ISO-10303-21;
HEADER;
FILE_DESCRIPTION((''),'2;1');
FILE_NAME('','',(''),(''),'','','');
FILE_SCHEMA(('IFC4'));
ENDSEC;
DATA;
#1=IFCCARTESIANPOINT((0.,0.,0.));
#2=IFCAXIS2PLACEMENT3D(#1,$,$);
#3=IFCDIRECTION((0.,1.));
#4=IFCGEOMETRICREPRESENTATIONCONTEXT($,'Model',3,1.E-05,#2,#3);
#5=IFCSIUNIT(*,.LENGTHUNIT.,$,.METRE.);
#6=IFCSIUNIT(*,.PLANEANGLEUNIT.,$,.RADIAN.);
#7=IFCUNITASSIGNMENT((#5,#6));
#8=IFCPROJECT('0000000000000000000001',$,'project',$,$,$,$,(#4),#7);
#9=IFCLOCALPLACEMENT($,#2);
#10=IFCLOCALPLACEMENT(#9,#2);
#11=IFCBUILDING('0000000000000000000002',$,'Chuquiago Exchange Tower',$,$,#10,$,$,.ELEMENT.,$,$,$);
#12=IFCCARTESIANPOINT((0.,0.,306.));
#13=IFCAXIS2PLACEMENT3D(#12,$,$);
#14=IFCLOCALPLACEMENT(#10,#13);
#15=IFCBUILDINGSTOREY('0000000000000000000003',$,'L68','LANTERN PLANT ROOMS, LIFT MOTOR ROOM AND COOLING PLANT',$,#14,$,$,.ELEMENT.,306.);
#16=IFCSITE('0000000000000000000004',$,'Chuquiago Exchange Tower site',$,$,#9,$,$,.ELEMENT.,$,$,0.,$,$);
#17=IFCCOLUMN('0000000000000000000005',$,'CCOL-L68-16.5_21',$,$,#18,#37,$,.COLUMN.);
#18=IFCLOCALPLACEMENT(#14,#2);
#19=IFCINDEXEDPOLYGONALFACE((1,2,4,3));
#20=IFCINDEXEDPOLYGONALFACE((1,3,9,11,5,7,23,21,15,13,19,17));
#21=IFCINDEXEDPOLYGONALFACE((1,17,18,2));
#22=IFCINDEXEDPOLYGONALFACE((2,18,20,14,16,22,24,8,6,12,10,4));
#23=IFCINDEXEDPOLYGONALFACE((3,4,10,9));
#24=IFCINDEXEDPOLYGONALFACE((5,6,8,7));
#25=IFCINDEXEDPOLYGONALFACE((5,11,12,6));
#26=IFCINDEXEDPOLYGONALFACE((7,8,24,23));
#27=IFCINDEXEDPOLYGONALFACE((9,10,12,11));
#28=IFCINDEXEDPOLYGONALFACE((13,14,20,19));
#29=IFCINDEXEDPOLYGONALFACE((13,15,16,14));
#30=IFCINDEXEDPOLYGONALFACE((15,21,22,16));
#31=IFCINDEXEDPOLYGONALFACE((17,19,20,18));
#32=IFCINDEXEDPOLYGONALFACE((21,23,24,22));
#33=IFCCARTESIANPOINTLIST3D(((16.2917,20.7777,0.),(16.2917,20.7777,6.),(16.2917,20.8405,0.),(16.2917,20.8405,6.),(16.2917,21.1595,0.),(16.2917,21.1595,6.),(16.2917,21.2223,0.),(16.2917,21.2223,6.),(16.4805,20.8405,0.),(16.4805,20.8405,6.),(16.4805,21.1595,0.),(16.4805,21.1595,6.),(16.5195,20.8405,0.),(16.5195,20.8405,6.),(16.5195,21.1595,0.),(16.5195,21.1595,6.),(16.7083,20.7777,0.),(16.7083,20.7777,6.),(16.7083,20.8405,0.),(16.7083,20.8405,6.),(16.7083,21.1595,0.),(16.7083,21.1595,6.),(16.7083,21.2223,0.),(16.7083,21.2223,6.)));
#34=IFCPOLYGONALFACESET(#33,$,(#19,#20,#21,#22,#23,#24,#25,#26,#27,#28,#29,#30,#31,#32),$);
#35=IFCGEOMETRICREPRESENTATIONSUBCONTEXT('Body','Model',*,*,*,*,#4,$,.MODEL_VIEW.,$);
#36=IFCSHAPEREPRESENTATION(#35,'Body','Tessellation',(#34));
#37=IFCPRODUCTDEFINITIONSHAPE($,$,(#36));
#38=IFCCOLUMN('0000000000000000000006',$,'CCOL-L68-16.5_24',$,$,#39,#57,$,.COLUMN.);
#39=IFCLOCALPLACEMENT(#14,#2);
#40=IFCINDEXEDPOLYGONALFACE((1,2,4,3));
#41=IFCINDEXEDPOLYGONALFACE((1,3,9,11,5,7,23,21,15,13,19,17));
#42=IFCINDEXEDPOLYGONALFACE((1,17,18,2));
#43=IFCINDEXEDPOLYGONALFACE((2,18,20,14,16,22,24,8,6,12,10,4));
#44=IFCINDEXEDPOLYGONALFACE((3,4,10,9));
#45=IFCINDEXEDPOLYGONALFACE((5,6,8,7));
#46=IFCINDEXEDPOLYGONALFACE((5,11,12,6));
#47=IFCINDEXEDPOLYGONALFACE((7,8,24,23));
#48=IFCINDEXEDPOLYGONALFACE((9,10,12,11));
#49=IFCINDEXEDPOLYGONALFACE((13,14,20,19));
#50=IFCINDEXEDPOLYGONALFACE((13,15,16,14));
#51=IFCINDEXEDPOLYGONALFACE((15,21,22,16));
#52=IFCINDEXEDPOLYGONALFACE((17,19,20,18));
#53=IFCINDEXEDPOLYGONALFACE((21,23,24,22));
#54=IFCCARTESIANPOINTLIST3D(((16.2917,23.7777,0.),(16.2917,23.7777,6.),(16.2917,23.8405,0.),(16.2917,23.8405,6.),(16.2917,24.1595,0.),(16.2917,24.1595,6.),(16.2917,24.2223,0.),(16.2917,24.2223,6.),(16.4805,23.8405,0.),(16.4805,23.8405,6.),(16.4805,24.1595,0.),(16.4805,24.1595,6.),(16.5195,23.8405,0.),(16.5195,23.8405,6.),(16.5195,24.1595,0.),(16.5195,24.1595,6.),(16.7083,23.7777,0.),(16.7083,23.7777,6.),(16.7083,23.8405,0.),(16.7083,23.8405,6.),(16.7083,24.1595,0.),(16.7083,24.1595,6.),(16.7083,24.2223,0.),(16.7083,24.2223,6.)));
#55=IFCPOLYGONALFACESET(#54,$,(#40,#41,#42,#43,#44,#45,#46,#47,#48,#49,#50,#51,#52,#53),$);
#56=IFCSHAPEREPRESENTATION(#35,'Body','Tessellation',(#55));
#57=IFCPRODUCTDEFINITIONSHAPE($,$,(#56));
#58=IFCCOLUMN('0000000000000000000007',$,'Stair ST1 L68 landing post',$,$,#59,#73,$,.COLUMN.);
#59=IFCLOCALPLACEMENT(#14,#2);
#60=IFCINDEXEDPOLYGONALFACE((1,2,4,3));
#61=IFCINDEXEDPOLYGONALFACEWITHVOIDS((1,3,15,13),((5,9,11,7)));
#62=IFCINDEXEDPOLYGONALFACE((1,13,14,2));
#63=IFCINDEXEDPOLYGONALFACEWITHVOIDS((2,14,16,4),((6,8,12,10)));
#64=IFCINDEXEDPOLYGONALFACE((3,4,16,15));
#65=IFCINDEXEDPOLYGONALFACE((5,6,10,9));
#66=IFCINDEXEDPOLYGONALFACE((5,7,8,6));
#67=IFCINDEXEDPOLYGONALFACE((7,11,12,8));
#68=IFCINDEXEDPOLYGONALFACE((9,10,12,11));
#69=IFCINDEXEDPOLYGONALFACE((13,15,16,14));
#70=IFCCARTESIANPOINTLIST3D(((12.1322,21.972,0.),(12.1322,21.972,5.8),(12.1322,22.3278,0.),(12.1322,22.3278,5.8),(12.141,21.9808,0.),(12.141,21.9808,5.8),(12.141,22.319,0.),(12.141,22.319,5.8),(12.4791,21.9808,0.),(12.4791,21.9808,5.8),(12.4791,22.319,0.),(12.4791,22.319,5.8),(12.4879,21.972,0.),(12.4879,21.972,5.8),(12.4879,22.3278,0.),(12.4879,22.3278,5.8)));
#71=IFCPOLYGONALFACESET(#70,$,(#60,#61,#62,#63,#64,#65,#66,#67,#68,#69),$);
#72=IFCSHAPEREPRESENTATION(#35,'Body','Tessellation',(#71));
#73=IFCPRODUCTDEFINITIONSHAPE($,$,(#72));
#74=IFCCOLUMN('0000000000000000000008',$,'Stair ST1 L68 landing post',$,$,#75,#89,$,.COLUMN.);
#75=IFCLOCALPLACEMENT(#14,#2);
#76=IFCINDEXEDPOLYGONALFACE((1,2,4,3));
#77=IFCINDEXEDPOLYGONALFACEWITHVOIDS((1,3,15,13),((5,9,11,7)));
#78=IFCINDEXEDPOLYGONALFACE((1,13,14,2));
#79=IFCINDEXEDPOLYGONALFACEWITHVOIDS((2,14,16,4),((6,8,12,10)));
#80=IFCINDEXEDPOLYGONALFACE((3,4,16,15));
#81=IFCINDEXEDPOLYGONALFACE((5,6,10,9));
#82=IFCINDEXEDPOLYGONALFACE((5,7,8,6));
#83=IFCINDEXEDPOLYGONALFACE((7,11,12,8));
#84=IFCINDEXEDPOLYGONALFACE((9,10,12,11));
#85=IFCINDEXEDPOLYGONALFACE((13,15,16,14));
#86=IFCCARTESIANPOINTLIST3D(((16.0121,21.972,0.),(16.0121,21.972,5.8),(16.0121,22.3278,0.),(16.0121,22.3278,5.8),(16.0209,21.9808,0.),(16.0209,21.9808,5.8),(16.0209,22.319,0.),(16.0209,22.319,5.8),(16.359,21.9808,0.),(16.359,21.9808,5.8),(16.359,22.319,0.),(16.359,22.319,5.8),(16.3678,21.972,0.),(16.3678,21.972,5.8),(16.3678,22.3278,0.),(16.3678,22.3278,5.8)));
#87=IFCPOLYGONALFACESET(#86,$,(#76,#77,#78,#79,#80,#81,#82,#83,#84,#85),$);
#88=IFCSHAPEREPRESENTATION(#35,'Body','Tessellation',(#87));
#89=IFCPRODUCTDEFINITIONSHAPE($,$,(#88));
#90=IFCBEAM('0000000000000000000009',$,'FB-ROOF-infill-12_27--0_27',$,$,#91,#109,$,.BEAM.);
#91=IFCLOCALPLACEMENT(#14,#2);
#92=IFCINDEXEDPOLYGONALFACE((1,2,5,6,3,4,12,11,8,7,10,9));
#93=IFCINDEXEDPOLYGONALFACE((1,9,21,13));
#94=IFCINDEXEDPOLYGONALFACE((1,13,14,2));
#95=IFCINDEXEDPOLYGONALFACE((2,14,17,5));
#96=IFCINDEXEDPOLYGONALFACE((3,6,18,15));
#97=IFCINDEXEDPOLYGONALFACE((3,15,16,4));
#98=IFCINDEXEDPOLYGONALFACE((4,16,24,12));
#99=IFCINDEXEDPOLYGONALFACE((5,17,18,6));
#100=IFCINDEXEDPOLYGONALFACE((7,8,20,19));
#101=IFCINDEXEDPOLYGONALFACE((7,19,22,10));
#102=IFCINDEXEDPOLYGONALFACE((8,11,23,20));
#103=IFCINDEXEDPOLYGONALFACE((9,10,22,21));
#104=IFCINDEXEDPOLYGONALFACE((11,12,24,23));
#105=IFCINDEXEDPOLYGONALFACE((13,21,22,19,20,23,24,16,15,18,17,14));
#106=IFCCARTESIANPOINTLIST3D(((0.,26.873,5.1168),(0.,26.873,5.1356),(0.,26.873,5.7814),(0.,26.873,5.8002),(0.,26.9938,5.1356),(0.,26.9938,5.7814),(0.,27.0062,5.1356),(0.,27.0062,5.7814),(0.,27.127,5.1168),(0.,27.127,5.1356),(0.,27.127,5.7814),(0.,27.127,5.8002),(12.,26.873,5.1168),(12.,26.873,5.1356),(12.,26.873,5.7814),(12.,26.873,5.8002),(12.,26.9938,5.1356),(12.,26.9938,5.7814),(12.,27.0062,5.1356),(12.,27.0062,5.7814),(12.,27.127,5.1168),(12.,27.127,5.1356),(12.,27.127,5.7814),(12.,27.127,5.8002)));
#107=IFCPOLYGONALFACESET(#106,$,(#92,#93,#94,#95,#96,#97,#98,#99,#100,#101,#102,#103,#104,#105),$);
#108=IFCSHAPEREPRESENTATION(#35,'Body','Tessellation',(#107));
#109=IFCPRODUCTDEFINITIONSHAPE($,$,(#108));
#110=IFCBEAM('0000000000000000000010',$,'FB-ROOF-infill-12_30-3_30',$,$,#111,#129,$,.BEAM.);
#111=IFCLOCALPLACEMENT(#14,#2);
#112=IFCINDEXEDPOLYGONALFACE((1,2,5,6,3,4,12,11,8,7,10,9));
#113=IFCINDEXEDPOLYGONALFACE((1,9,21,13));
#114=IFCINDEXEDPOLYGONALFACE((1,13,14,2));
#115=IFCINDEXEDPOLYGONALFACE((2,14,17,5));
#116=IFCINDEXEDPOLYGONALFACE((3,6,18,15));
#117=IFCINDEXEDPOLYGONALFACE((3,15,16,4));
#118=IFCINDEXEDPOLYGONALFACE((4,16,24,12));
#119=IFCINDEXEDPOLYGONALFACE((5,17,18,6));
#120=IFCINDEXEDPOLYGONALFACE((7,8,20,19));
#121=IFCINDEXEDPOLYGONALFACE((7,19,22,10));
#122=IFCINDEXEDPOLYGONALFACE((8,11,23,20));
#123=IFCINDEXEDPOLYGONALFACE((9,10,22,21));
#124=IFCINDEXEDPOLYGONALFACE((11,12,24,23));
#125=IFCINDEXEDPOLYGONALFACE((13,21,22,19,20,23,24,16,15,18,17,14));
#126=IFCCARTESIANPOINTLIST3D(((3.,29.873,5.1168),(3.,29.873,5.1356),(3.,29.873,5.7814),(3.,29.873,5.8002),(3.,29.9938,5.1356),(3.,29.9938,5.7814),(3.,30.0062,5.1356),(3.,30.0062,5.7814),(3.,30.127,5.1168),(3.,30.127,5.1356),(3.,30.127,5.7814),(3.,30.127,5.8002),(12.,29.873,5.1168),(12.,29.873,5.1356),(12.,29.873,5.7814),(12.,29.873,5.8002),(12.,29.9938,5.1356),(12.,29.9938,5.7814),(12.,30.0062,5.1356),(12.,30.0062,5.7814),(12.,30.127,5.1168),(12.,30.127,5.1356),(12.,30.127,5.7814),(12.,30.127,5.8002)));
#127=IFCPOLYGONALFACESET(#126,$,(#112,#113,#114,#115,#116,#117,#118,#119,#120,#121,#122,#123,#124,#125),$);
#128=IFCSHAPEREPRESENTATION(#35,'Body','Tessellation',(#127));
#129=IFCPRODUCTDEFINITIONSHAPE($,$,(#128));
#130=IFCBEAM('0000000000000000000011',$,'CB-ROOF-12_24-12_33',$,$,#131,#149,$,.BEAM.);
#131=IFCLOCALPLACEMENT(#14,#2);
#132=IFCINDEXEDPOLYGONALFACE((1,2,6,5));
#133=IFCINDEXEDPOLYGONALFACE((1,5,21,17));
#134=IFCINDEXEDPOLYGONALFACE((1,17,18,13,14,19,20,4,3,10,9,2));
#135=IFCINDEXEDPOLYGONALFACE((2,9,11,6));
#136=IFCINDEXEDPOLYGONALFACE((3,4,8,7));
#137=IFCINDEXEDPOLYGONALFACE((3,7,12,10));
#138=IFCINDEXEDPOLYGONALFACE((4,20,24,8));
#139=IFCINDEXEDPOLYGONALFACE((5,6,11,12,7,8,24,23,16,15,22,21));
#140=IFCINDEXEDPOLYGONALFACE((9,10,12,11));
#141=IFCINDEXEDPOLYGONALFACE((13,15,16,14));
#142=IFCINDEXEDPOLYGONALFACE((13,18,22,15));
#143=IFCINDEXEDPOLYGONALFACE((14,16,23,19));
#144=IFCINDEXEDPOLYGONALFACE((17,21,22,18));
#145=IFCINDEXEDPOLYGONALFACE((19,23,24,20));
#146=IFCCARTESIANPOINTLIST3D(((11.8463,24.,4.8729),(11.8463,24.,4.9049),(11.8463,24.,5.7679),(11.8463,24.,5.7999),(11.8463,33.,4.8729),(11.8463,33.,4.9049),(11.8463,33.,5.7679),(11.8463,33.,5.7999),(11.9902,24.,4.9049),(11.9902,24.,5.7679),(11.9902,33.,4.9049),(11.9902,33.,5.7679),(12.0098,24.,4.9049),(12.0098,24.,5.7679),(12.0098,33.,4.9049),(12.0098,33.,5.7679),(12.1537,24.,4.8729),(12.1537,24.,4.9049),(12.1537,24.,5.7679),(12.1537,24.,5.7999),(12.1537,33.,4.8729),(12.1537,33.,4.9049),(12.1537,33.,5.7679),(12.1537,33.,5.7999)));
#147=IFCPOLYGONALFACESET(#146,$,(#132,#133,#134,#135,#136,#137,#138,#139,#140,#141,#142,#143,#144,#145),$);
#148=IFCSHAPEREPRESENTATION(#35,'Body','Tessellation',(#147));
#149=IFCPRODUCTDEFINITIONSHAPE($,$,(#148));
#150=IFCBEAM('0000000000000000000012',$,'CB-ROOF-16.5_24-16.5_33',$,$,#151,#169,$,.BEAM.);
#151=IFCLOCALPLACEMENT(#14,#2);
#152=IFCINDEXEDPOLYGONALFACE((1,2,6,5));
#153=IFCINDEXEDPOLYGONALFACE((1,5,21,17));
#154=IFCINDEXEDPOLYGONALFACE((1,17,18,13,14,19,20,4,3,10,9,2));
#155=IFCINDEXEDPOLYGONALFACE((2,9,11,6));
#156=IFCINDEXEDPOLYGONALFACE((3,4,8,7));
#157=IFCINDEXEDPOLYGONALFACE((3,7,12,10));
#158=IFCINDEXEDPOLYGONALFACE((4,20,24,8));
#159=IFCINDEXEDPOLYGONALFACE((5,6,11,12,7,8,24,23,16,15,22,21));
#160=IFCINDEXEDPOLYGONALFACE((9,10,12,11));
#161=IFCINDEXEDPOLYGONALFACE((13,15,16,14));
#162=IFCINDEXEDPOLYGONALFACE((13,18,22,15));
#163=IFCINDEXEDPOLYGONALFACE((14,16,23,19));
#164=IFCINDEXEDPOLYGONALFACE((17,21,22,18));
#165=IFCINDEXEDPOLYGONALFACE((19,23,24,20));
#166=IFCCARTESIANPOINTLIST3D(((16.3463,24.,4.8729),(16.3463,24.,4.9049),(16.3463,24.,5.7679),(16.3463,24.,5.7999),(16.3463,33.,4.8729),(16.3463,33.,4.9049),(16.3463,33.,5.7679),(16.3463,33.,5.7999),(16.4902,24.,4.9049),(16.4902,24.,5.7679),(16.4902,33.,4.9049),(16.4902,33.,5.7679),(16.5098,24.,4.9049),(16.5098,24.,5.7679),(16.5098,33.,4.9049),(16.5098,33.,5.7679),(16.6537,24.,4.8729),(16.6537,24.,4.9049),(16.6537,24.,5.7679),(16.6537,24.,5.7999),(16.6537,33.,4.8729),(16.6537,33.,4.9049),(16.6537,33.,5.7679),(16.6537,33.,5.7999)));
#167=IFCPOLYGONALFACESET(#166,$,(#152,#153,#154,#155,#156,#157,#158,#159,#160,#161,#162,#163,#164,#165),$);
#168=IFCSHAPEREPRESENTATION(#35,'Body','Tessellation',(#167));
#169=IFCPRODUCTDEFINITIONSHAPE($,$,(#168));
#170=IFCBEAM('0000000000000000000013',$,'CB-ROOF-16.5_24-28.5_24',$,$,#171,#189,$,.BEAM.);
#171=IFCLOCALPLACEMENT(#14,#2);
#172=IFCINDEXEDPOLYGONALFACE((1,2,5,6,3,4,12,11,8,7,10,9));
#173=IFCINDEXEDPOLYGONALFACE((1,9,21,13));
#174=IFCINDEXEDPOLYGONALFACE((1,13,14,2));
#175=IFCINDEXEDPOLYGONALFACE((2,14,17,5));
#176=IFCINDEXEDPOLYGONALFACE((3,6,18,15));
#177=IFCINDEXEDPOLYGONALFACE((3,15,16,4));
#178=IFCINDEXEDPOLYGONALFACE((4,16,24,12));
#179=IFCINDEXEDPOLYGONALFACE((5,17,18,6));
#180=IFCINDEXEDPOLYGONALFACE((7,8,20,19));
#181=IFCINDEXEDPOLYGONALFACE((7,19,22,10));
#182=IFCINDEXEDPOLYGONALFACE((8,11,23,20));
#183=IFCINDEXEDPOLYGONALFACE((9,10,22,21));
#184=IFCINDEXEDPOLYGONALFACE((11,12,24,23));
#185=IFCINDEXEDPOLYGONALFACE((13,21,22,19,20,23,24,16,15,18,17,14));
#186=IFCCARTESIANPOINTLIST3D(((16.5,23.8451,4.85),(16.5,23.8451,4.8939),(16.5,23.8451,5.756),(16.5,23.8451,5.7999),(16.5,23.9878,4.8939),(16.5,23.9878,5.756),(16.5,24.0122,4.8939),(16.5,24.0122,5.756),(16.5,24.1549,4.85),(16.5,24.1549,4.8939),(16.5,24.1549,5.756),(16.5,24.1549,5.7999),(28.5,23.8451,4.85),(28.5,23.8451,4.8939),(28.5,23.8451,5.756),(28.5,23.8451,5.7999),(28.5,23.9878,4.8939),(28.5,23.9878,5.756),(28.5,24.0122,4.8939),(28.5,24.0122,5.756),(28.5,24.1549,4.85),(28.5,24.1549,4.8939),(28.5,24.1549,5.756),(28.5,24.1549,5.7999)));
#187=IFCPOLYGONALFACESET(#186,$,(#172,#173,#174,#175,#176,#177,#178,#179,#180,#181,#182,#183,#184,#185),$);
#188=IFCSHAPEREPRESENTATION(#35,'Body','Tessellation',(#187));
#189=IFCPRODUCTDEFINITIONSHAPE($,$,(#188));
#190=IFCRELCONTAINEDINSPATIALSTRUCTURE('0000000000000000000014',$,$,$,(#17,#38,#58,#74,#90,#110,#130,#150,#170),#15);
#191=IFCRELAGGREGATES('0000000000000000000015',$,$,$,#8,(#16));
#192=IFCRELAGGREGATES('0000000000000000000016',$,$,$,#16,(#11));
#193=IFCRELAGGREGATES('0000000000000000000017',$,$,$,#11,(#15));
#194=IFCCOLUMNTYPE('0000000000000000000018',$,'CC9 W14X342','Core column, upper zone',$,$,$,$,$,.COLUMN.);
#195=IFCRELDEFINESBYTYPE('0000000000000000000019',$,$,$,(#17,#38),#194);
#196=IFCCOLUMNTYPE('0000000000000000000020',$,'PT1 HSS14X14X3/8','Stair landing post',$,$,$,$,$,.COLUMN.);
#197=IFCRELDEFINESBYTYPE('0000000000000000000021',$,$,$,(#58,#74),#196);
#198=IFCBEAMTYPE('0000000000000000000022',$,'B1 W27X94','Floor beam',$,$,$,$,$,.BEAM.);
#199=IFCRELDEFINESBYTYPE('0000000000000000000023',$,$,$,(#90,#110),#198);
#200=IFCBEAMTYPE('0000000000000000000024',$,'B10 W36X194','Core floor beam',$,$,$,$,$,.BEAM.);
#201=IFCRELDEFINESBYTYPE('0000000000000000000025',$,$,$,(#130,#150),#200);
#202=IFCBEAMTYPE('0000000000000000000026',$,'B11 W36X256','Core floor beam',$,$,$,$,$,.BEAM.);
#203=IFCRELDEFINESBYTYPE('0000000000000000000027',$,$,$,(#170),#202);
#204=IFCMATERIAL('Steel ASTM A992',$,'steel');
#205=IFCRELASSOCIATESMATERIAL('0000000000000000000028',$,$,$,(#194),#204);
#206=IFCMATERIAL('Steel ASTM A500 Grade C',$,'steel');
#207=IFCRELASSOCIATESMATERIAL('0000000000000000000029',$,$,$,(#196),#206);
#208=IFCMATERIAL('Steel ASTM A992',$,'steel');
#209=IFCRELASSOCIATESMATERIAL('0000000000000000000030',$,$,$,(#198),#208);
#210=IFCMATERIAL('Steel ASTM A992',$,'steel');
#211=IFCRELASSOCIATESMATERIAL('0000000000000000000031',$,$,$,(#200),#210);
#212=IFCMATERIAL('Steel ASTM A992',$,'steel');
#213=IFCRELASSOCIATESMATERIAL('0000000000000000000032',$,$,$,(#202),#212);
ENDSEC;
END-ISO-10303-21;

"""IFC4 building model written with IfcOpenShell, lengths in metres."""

from ifc_helpers import new_model, si_unit, direction, frame, origin, origin_2d, place, context, subcontext, project, spatial, hollow_rectangle, i_section, extrude, material, material_profile, profile_set, type_object, element, save


model = new_model("IFC4")

# Units and contexts
model_context = context("Model", 3, precision=1e-05, world=origin(), true_north=direction((0.0, 1.0)))
body_context = subcontext(model_context, "Body", "Model", "MODEL_VIEW")
ifc_project = project(units=[si_unit("LENGTHUNIT", "METRE"), si_unit("PLANEANGLEUNIT", "RADIAN")], contexts=[model_context])

# Site, building, storey
site_placement = place(None, origin())
site = spatial("IfcSite", under=ifc_project, at=site_placement, Name="Chuquiago Exchange Tower site", CompositionType="ELEMENT", RefElevation=0.0)
building_placement = place(site_placement, origin())
building = spatial("IfcBuilding", under=site, at=building_placement, Name="Chuquiago Exchange Tower", CompositionType="ELEMENT")
storey_placement = place(building_placement, frame((0.0, 0.0, 306.0)))
storey = spatial("IfcBuildingStorey", under=building, at=storey_placement, Name="L68", Description="LANTERN PLANT ROOMS, LIFT MOTOR ROOM AND COOLING PLANT", CompositionType="ELEMENT", Elevation=306.0)

# Columns
ifc_material_1 = material(Name="Steel ASTM A992", Category="steel")
ifc_material_profile_1 = material_profile(ifc_material_1, i_section(OverallWidth=0.4165, OverallDepth=0.4446, WebThickness=0.0391, FlangeThickness=0.0627, at=origin_2d()), Name="W14X342")
ifc_profile_set_1 = profile_set([ifc_material_profile_1], Name="Steel ASTM A992")
column_type_1 = type_object("IfcColumnType", Name="CC9 W14X342", Description="Core column, upper zone", PredefinedType="COLUMN", material=ifc_profile_set_1)
for number, where, z_axis, x_axis, name in (
    (1, (16.5, 21.0, 0.0), (0.0, 0.0, 1.0), (1.0, 0.0, 0.0), "CCOL-L68-16.5_21"),
    (2, (16.5, 24.0, 0.0), (0.0, 0.0, 1.0), (1.0, 0.0, 0.0), "CCOL-L68-16.5_24"),
):
    element("IfcColumn", number, at=place(storey_placement, frame(where, z_axis=z_axis, x_axis=x_axis)), inside=storey, type_object=column_type_1, Name=name, PredefinedType="COLUMN", context=body_context, shape_type="SweptSolid", body=[
        extrude(i_section(OverallWidth=0.4165, OverallDepth=0.4446, WebThickness=0.0391, FlangeThickness=0.0627, at=origin_2d()), origin(), (0.0, 0.0, 1.0), 6.0),
    ])
ifc_material_2 = material(Name="Steel ASTM A500 Grade C", Category="steel")
ifc_material_profile_2 = material_profile(ifc_material_2, hollow_rectangle(XDim=0.3557, YDim=0.3557, WallThickness=0.0088, at=origin_2d()), Name="HSS14X14X3/8")
ifc_profile_set_2 = profile_set([ifc_material_profile_2], Name="Steel ASTM A500 Grade C")
column_type_2 = type_object("IfcColumnType", Name="PT1 HSS14X14X3/8", Description="Stair landing post", PredefinedType="COLUMN", material=ifc_profile_set_2)
for number, where, z_axis, x_axis, name in (
    (3, (12.3101, 22.1499, 0.0), (0.0, 0.0, 1.0), (1.0, 0.0, 0.0), "Stair ST1 L68 landing post"),
    (4, (16.1899, 22.1499, 0.0), (0.0, 0.0, 1.0), (1.0, 0.0, 0.0), "Stair ST1 L68 landing post"),
):
    element("IfcColumn", number, at=place(storey_placement, frame(where, z_axis=z_axis, x_axis=x_axis)), inside=storey, type_object=column_type_2, Name=name, PredefinedType="COLUMN", context=body_context, shape_type="SweptSolid", body=[
        extrude(hollow_rectangle(XDim=0.3557, YDim=0.3557, WallThickness=0.0088, at=origin_2d()), origin(), (0.0, 0.0, 1.0), 5.8),
    ])

# Beams
ifc_material_3 = material(Name="Steel ASTM A992", Category="steel")
ifc_material_profile_3 = material_profile(ifc_material_3, i_section(OverallWidth=0.2539, OverallDepth=0.6833, WebThickness=0.0125, FlangeThickness=0.0188, at=origin_2d()), Name="W27X94")
ifc_profile_set_3 = profile_set([ifc_material_profile_3], Name="Steel ASTM A992")
beam_type_1 = type_object("IfcBeamType", Name="B1 W27X94", Description="Floor beam", PredefinedType="BEAM", material=ifc_profile_set_3)
beam_1_placement = place(storey_placement, frame((12.0, 27.0, 5.4585), z_axis=(-1.0, 0.0, 0.0), x_axis=(0.0, -1.0, 0.0)))
element("IfcBeam", 5, at=beam_1_placement, inside=storey, type_object=beam_type_1, Name="FB-ROOF-infill-12_27--0_27", PredefinedType="BEAM", context=body_context, shape_type="SweptSolid", body=[
    extrude(i_section(OverallWidth=0.2539, OverallDepth=0.6833, WebThickness=0.0125, FlangeThickness=0.0188, at=origin_2d()), origin(), (0.0, 0.0, 1.0), 12.0),
])
beam_2_placement = place(storey_placement, frame((12.0, 30.0, 5.4585), z_axis=(-1.0, 0.0, 0.0), x_axis=(0.0, -1.0, 0.0)))
element("IfcBeam", 6, at=beam_2_placement, inside=storey, type_object=beam_type_1, Name="FB-ROOF-infill-12_30-3_30", PredefinedType="BEAM", context=body_context, shape_type="SweptSolid", body=[
    extrude(i_section(OverallWidth=0.2539, OverallDepth=0.6833, WebThickness=0.0125, FlangeThickness=0.0188, at=origin_2d()), origin(), (0.0, 0.0, 1.0), 9.0),
])
ifc_material_4 = material(Name="Steel ASTM A992", Category="steel")
ifc_material_profile_4 = material_profile(ifc_material_4, i_section(OverallWidth=0.3074, OverallDepth=0.927, WebThickness=0.0195, FlangeThickness=0.032, at=origin_2d()), Name="W36X194")
ifc_profile_set_4 = profile_set([ifc_material_profile_4], Name="Steel ASTM A992")
beam_type_2 = type_object("IfcBeamType", Name="B10 W36X194", Description="Core floor beam", PredefinedType="BEAM", material=ifc_profile_set_4)
for number, where, z_axis, x_axis, name in (
    (7, (12.0, 24.0, 5.3364), (0.0, 1.0, 0.0), (-1.0, 0.0, 0.0), "CB-ROOF-12_24-12_33"),
    (8, (16.5, 24.0, 5.3364), (0.0, 1.0, 0.0), (-1.0, 0.0, 0.0), "CB-ROOF-16.5_24-16.5_33"),
):
    element("IfcBeam", number, at=place(storey_placement, frame(where, z_axis=z_axis, x_axis=x_axis)), inside=storey, type_object=beam_type_2, Name=name, PredefinedType="BEAM", context=body_context, shape_type="SweptSolid", body=[
        extrude(i_section(OverallWidth=0.3074, OverallDepth=0.927, WebThickness=0.0195, FlangeThickness=0.032, at=origin_2d()), origin(), (0.0, 0.0, 1.0), 9.0),
    ])
ifc_material_5 = material(Name="Steel ASTM A992", Category="steel")
ifc_material_profile_5 = material_profile(ifc_material_5, i_section(OverallWidth=0.3098, OverallDepth=0.95, WebThickness=0.0244, FlangeThickness=0.0439, at=origin_2d()), Name="W36X256")
ifc_profile_set_5 = profile_set([ifc_material_profile_5], Name="Steel ASTM A992")
beam_type_3 = type_object("IfcBeamType", Name="B11 W36X256", Description="Core floor beam", PredefinedType="BEAM", material=ifc_profile_set_5)
beam_3_placement = place(storey_placement, frame((16.5, 24.0, 5.325), z_axis=(1.0, 0.0, 0.0), x_axis=(0.0, 1.0, 0.0)))
element("IfcBeam", 9, at=beam_3_placement, inside=storey, type_object=beam_type_3, Name="CB-ROOF-16.5_24-28.5_24", PredefinedType="BEAM", context=body_context, shape_type="SweptSolid", body=[
    extrude(i_section(OverallWidth=0.3098, OverallDepth=0.95, WebThickness=0.0244, FlangeThickness=0.0439, at=origin_2d()), origin(), (0.0, 0.0, 1.0), 12.0),
])

save(model, "model.ifc")
